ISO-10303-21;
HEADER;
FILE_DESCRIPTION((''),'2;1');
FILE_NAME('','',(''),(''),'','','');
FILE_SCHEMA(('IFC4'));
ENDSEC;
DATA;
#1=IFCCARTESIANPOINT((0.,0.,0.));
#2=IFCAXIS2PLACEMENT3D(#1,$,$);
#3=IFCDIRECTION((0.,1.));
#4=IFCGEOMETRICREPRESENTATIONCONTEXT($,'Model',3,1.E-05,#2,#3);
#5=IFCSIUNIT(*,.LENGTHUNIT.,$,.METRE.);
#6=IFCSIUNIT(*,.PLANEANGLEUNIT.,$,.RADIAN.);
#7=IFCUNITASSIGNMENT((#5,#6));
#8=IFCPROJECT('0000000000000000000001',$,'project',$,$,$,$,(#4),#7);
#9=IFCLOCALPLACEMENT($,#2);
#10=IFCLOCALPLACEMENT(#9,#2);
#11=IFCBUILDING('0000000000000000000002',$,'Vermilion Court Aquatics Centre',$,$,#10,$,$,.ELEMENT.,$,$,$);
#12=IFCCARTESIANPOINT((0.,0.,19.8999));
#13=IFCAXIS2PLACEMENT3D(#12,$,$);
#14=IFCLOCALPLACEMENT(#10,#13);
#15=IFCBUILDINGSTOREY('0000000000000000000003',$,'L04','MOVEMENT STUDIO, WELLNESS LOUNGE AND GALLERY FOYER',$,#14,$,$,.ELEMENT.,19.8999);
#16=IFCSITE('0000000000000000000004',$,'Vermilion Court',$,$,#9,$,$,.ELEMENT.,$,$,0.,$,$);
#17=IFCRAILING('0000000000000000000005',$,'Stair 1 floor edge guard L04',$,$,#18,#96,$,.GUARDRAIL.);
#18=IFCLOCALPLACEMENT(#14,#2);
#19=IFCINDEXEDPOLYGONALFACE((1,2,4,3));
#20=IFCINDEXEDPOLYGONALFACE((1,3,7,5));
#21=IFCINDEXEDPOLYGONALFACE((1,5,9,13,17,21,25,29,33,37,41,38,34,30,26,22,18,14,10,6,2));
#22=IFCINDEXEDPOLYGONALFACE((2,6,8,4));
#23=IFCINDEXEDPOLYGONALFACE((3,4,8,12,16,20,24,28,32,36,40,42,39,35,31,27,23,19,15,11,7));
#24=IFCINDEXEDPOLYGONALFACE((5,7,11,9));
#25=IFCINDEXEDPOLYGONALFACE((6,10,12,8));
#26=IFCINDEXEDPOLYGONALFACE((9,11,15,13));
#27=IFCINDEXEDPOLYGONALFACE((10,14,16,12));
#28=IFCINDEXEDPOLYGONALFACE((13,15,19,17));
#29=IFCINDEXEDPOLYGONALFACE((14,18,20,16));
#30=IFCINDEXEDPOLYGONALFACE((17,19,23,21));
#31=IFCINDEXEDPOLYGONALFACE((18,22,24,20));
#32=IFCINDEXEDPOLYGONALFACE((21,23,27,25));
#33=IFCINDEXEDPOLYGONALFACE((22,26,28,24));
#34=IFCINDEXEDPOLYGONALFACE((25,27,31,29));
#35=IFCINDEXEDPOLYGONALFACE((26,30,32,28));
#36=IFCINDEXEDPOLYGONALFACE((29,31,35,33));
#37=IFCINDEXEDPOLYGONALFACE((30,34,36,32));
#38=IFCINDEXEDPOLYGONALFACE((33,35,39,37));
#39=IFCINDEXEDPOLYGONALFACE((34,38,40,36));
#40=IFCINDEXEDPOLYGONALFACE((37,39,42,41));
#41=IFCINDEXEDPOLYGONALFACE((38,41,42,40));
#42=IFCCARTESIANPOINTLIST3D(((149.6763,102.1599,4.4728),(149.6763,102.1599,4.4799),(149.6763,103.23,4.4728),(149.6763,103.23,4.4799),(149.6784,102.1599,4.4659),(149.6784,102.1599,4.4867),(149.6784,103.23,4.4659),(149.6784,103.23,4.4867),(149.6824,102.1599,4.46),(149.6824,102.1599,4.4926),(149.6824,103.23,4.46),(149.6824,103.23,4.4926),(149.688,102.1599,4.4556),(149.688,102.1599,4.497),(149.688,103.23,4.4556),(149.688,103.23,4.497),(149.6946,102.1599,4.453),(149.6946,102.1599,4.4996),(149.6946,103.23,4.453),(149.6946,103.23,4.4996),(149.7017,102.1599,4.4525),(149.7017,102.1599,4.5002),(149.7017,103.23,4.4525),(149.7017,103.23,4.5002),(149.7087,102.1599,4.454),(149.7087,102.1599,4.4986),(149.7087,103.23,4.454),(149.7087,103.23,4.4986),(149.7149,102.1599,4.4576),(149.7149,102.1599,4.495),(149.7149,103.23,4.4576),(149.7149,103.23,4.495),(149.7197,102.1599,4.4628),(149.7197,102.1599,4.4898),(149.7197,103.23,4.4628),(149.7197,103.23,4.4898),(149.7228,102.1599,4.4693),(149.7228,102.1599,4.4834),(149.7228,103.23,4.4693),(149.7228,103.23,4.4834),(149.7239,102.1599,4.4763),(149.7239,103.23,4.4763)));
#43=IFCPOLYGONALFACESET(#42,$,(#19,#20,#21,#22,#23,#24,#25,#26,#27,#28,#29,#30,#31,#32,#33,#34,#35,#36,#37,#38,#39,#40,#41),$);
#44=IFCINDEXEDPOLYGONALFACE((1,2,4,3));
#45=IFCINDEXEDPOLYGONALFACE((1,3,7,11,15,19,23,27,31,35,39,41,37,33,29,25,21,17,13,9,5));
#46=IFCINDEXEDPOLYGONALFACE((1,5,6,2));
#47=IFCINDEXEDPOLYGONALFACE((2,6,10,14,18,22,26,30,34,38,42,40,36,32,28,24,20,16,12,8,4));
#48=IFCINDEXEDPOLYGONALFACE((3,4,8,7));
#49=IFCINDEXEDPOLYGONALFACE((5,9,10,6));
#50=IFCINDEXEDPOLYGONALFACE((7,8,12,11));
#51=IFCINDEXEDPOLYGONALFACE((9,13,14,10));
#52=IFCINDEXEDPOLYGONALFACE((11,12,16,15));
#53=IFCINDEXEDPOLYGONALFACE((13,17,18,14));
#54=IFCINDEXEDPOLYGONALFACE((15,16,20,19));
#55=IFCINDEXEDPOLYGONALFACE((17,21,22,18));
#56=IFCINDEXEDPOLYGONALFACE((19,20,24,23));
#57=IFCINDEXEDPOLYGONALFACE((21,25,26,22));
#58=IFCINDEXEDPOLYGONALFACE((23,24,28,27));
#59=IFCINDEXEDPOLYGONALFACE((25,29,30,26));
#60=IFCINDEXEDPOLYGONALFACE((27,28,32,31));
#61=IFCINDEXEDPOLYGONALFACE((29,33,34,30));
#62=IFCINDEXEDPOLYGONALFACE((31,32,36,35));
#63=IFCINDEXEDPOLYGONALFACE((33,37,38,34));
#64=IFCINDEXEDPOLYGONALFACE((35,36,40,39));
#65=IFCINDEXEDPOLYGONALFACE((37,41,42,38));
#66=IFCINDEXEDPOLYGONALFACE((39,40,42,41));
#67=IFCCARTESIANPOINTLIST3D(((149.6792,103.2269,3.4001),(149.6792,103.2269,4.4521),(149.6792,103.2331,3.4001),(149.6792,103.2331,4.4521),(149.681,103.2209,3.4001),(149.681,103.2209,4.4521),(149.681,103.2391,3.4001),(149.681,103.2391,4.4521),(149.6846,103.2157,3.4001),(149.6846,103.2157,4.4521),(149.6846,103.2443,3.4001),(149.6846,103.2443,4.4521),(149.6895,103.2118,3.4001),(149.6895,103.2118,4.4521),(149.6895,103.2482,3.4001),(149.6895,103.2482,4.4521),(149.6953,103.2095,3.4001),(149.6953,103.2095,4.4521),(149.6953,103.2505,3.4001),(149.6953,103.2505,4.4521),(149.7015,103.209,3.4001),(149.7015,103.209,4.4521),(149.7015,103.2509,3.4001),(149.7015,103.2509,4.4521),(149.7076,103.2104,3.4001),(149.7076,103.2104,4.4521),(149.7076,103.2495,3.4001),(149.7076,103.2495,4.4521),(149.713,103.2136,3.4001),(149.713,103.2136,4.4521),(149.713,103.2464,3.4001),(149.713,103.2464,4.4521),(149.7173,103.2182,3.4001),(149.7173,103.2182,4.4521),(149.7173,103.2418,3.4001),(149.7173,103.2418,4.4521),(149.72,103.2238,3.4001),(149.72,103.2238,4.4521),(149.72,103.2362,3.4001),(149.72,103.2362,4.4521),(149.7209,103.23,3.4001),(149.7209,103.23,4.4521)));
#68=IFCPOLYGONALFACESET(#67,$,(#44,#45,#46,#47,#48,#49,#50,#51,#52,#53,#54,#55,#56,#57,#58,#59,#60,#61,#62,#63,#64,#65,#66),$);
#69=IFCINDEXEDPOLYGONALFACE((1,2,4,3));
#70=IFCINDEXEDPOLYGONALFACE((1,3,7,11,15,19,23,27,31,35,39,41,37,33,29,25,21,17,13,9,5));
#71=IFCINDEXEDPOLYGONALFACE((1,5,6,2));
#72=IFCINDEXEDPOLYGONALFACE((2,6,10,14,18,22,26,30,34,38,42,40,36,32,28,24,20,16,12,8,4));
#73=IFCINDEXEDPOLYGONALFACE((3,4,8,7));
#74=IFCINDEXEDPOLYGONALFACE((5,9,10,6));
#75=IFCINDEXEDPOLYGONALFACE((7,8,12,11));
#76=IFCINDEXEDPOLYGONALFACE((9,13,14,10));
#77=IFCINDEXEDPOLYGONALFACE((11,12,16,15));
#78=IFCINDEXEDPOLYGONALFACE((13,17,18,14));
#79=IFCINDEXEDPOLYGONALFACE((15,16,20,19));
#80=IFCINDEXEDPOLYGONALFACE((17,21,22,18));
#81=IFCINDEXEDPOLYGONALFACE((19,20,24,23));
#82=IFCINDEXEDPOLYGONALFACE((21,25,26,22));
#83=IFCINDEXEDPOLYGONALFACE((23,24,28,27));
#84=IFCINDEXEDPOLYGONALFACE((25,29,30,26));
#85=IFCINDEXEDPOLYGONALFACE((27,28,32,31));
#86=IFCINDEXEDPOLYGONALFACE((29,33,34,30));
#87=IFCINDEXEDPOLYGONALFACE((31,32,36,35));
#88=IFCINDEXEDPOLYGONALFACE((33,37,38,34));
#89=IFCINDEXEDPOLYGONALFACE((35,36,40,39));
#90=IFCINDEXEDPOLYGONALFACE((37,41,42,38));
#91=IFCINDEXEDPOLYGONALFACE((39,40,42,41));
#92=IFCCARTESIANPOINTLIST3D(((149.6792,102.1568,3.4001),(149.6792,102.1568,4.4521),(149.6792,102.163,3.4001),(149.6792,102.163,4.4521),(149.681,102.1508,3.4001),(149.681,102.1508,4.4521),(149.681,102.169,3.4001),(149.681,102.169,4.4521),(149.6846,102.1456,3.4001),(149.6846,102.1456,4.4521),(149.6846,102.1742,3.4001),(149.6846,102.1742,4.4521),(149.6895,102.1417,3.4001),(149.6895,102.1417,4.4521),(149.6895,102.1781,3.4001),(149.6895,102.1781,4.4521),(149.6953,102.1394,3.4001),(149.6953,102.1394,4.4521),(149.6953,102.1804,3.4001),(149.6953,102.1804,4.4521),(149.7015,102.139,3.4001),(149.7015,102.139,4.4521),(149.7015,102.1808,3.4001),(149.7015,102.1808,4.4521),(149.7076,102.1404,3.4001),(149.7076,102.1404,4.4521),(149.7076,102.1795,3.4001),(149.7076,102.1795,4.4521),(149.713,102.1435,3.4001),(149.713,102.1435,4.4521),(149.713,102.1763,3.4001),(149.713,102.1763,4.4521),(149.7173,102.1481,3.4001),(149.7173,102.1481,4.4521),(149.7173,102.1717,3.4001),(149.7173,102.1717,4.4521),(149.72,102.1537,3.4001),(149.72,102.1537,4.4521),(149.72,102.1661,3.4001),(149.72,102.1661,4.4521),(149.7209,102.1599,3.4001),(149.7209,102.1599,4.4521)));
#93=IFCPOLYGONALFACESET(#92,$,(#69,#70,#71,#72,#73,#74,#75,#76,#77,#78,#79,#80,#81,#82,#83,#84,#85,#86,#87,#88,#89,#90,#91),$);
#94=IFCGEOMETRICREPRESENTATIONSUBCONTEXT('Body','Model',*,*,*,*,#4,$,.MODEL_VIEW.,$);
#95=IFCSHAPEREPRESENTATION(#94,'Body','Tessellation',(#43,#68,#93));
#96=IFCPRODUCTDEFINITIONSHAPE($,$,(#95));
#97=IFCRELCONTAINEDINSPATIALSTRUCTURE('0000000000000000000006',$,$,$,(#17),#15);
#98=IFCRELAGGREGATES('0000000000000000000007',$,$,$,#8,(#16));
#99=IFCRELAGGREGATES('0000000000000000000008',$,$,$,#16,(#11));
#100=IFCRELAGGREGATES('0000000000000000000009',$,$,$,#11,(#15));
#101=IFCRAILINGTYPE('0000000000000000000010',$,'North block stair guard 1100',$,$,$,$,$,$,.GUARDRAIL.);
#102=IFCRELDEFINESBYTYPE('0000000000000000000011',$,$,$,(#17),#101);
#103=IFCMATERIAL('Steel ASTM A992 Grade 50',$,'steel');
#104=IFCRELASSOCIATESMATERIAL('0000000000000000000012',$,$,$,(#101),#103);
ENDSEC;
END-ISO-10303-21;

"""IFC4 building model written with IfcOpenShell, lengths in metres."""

from ifc_helpers import new_model, si_unit, direction, frame, origin, origin_2d, place, context, subcontext, project, spatial, circle, extrude, material, type_object, element, save


model = new_model("IFC4")

# Units and contexts
model_context = context("Model", 3, precision=1e-05, world=origin(), true_north=direction((0.0, 1.0)))
body_context = subcontext(model_context, "Body", "Model", "MODEL_VIEW")
ifc_project = project(units=[si_unit("LENGTHUNIT", "METRE"), si_unit("PLANEANGLEUNIT", "RADIAN")], contexts=[model_context])

# Site, building, storey
site_placement = place(None, origin())
site = spatial("IfcSite", under=ifc_project, at=site_placement, Name="Vermilion Court", CompositionType="ELEMENT", RefElevation=0.0)
building_placement = place(site_placement, origin())
building = spatial("IfcBuilding", under=site, at=building_placement, Name="Vermilion Court Aquatics Centre", CompositionType="ELEMENT")
storey_placement = place(building_placement, frame((0.0, 0.0, 19.8999)))
storey = spatial("IfcBuildingStorey", under=building, at=storey_placement, Name="L04", Description="MOVEMENT STUDIO, WELLNESS LOUNGE AND GALLERY FOYER", CompositionType="ELEMENT", Elevation=19.8999)

# Railing
ifc_material_1 = material(Name="Steel ASTM A992 Grade 50", Category="steel")
railing_type_1 = type_object("IfcRailingType", Name="North block stair guard 1100", PredefinedType="GUARDRAIL", material=ifc_material_1)
railing_1_placement = place(storey_placement, frame((149.7, 103.23, 3.4001)))
element("IfcRailing", 1, at=railing_1_placement, inside=storey, type_object=railing_type_1, Name="Stair 1 floor edge guard L04", PredefinedType="GUARDRAIL", context=body_context, shape_type="SweptSolid", body=[
    extrude(circle(Radius=0.0239, at=origin_2d()), frame((0.0, 0.0, 1.0762), z_axis=(0.0, -1.0, 0.0), x_axis=(1.0, 0.0, 0.0)), (0.0, 0.0, 1.0), 1.0701),
    extrude(circle(Radius=0.021, at=origin_2d()), origin(), (0.0, 0.0, 1.0), 1.052),
    extrude(circle(Radius=0.021, at=origin_2d()), frame((0.0, -1.0701, 0.0)), (0.0, 0.0, 1.0), 1.052),
])

save(model, "model.ifc")
